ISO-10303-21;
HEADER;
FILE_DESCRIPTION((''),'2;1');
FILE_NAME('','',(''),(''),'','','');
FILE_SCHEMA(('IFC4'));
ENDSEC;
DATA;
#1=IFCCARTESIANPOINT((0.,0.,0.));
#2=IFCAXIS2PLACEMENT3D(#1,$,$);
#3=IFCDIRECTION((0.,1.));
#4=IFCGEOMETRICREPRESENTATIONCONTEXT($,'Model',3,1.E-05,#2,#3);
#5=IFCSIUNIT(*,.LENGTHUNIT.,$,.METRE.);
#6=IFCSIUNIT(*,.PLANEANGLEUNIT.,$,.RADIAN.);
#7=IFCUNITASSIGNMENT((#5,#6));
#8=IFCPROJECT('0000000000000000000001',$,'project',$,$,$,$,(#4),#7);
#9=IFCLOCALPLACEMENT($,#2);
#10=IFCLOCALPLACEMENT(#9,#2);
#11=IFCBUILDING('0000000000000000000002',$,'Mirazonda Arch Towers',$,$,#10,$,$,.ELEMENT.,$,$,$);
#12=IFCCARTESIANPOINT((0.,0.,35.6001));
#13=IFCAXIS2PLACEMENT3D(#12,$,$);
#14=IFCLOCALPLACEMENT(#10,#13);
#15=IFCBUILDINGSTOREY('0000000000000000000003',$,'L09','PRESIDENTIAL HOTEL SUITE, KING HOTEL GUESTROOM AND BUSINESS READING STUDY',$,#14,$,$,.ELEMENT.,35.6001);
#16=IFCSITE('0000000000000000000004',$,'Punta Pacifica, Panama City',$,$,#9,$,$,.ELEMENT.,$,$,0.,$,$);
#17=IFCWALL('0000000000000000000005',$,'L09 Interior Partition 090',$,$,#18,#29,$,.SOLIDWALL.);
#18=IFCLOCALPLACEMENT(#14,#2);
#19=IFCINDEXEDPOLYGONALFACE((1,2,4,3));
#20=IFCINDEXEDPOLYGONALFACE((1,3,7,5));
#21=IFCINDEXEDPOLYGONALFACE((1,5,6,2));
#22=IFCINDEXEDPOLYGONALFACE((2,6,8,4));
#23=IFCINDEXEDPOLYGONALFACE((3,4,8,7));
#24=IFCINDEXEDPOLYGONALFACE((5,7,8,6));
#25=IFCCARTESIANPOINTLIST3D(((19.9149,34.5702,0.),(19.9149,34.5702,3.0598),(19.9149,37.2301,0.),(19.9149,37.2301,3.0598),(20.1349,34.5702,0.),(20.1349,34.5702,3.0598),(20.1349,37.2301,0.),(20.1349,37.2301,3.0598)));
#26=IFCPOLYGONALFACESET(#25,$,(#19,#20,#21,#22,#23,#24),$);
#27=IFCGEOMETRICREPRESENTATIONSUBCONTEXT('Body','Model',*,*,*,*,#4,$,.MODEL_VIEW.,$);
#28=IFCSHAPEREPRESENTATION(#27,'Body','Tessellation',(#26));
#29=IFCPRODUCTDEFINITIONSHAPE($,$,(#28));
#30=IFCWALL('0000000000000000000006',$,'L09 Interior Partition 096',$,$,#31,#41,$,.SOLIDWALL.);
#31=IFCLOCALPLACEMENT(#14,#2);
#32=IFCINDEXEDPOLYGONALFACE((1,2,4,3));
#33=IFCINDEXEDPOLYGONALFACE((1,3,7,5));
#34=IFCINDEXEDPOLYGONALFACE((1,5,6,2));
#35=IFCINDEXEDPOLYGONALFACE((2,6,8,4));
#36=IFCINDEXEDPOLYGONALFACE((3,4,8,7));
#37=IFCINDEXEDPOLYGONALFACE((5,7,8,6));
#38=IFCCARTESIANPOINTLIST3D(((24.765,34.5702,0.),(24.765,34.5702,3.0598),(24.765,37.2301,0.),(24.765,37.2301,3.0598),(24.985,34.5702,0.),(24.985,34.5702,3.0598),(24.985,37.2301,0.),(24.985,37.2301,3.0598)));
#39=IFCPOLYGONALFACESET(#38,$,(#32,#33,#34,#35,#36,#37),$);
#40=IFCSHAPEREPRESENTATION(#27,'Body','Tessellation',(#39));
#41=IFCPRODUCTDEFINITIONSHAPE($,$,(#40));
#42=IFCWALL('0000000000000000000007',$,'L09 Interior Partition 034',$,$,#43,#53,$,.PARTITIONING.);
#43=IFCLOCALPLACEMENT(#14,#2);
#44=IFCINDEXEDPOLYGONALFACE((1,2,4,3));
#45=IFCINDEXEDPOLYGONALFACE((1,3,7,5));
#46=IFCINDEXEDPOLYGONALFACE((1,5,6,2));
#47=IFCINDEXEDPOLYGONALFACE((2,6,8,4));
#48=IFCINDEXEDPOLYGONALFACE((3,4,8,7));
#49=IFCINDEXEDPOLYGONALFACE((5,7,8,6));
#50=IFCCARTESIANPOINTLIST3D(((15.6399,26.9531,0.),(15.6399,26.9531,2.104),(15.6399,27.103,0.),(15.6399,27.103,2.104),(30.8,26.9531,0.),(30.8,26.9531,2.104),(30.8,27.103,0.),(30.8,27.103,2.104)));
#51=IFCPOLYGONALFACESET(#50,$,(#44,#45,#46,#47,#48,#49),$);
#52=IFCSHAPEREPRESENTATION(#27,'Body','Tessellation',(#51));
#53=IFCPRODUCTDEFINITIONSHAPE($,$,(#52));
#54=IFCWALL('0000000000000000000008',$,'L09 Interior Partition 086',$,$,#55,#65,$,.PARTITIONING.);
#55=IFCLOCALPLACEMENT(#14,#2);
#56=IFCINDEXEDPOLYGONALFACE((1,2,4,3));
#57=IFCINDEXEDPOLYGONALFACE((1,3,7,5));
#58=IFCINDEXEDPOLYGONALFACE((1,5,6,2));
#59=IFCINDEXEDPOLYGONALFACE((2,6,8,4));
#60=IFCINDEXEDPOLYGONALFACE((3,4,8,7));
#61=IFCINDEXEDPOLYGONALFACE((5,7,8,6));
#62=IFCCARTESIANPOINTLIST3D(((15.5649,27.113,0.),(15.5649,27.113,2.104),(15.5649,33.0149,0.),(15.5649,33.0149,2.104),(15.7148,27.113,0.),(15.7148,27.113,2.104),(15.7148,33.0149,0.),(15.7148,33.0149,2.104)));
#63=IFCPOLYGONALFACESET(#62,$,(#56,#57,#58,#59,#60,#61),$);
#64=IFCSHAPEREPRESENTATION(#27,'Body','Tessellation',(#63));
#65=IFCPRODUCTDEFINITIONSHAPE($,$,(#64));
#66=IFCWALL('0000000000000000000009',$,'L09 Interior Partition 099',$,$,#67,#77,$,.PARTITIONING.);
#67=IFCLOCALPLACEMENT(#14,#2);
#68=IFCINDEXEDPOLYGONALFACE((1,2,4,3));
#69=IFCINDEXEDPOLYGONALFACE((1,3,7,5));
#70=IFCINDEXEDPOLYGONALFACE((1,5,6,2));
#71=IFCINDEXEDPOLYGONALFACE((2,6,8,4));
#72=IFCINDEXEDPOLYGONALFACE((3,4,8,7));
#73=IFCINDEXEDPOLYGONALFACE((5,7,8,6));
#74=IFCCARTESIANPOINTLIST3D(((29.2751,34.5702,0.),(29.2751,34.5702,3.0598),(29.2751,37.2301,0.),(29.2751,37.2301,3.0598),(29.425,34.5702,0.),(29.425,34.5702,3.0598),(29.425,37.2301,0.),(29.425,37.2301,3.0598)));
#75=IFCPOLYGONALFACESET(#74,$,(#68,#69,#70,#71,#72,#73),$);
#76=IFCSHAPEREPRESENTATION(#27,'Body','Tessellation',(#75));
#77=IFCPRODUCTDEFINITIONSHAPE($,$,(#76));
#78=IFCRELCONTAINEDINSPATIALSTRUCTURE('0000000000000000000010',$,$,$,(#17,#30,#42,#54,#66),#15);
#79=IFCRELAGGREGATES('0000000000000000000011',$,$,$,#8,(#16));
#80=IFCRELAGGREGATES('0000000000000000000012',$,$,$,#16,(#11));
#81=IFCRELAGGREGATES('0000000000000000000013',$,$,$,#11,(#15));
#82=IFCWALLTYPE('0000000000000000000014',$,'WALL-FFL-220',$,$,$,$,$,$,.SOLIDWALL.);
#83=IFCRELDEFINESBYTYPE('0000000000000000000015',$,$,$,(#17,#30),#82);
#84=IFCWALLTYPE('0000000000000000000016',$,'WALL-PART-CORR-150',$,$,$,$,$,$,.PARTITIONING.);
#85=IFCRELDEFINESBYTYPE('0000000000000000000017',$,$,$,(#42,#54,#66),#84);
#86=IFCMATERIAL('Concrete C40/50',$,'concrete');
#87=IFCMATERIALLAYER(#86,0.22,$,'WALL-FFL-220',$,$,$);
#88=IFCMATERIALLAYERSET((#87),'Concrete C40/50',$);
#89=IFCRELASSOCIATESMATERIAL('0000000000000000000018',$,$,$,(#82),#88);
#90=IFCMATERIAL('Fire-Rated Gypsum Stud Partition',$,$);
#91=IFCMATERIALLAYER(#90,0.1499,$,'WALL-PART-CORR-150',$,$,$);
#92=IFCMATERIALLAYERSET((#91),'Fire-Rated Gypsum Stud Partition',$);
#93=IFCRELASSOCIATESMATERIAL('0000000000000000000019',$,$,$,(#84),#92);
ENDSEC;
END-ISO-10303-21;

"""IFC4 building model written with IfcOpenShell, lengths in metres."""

from ifc_helpers import new_model, si_unit, direction, frame, frame_2d, origin, place, context, subcontext, project, spatial, rectangle, extrude, material, layer, layer_set, type_object, element, save


model = new_model("IFC4")

# Units and contexts
model_context = context("Model", 3, precision=1e-05, world=origin(), true_north=direction((0.0, 1.0)))
body_context = subcontext(model_context, "Body", "Model", "MODEL_VIEW")
ifc_project = project(units=[si_unit("LENGTHUNIT", "METRE"), si_unit("PLANEANGLEUNIT", "RADIAN")], contexts=[model_context])

# Site, building, storey
site_placement = place(None, origin())
site = spatial("IfcSite", under=ifc_project, at=site_placement, Name="Punta Pacifica, Panama City", CompositionType="ELEMENT", RefElevation=0.0)
building_placement = place(site_placement, origin())
building = spatial("IfcBuilding", under=site, at=building_placement, Name="Mirazonda Arch Towers", CompositionType="ELEMENT")
storey_placement = place(building_placement, frame((0.0, 0.0, 35.6001)))
storey = spatial("IfcBuildingStorey", under=building, at=storey_placement, Name="L09", Description="PRESIDENTIAL HOTEL SUITE, KING HOTEL GUESTROOM AND BUSINESS READING STUDY", CompositionType="ELEMENT", Elevation=35.6001)

# Walls
ifc_material_1 = material(Name="Concrete C40/50", Category="concrete")
ifc_layer_1 = layer(ifc_material_1, 0.22, Name="WALL-FFL-220")
ifc_layer_set_1 = layer_set([ifc_layer_1], Name="Concrete C40/50")
wall_type_1 = type_object("IfcWallType", Name="WALL-FFL-220", PredefinedType="SOLIDWALL", material=ifc_layer_set_1)
for number, where, z_axis, x_axis, name in (
    (1, (20.0249, 34.5701, 0.0), (0.0, 0.0, 1.0), (0.0, 1.0, 0.0), "L09 Interior Partition 090"),
    (2, (24.875, 34.5701, 0.0), (0.0, 0.0, 1.0), (0.0, 1.0, 0.0), "L09 Interior Partition 096"),
):
    element("IfcWall", number, at=place(storey_placement, frame(where, z_axis=z_axis, x_axis=x_axis)), inside=storey, type_object=wall_type_1, Name=name, PredefinedType="SOLIDWALL", context=body_context, shape_type="SweptSolid", body=[
        extrude(rectangle(XDim=2.6599, YDim=0.22, at=frame_2d((1.3301, 0.0))), origin(), (0.0, 0.0, 1.0), 3.0598),
    ])
ifc_material_2 = material(Name="Fire-Rated Gypsum Stud Partition")
ifc_layer_2 = layer(ifc_material_2, 0.1499, Name="WALL-PART-CORR-150")
ifc_layer_set_2 = layer_set([ifc_layer_2], Name="Fire-Rated Gypsum Stud Partition")
wall_type_2 = type_object("IfcWallType", Name="WALL-PART-CORR-150", PredefinedType="PARTITIONING", material=ifc_layer_set_2)
wall_1_placement = place(storey_placement, frame((15.6399, 27.0281, 0.0), z_axis=(0.0, 0.0, 1.0), x_axis=(1.0, 0.0, 0.0)))
element("IfcWall", 3, at=wall_1_placement, inside=storey, type_object=wall_type_2, Name="L09 Interior Partition 034", PredefinedType="PARTITIONING", context=body_context, shape_type="SweptSolid", body=[
    extrude(rectangle(XDim=15.1602, YDim=0.1499, at=frame_2d((7.5801, 0.0))), origin(), (0.0, 0.0, 1.0), 2.104),
])
wall_2_placement = place(storey_placement, frame((15.6399, 27.113, 0.0), z_axis=(0.0, 0.0, 1.0), x_axis=(0.0, 1.0, 0.0)))
element("IfcWall", 4, at=wall_2_placement, inside=storey, type_object=wall_type_2, Name="L09 Interior Partition 086", PredefinedType="PARTITIONING", context=body_context, shape_type="SweptSolid", body=[
    extrude(rectangle(XDim=5.9019, YDim=0.1499, at=frame_2d((2.9509, 0.0))), origin(), (0.0, 0.0, 1.0), 2.104),
])
wall_3_placement = place(storey_placement, frame((29.3501, 34.5701, 0.0), z_axis=(0.0, 0.0, 1.0), x_axis=(0.0, 1.0, 0.0)))
element("IfcWall", 5, at=wall_3_placement, inside=storey, type_object=wall_type_2, Name="L09 Interior Partition 099", PredefinedType="PARTITIONING", context=body_context, shape_type="SweptSolid", body=[
    extrude(rectangle(XDim=2.6599, YDim=0.1499, at=frame_2d((1.3301, 0.0))), origin(), (0.0, 0.0, 1.0), 3.0598),
])

save(model, "model.ifc")
